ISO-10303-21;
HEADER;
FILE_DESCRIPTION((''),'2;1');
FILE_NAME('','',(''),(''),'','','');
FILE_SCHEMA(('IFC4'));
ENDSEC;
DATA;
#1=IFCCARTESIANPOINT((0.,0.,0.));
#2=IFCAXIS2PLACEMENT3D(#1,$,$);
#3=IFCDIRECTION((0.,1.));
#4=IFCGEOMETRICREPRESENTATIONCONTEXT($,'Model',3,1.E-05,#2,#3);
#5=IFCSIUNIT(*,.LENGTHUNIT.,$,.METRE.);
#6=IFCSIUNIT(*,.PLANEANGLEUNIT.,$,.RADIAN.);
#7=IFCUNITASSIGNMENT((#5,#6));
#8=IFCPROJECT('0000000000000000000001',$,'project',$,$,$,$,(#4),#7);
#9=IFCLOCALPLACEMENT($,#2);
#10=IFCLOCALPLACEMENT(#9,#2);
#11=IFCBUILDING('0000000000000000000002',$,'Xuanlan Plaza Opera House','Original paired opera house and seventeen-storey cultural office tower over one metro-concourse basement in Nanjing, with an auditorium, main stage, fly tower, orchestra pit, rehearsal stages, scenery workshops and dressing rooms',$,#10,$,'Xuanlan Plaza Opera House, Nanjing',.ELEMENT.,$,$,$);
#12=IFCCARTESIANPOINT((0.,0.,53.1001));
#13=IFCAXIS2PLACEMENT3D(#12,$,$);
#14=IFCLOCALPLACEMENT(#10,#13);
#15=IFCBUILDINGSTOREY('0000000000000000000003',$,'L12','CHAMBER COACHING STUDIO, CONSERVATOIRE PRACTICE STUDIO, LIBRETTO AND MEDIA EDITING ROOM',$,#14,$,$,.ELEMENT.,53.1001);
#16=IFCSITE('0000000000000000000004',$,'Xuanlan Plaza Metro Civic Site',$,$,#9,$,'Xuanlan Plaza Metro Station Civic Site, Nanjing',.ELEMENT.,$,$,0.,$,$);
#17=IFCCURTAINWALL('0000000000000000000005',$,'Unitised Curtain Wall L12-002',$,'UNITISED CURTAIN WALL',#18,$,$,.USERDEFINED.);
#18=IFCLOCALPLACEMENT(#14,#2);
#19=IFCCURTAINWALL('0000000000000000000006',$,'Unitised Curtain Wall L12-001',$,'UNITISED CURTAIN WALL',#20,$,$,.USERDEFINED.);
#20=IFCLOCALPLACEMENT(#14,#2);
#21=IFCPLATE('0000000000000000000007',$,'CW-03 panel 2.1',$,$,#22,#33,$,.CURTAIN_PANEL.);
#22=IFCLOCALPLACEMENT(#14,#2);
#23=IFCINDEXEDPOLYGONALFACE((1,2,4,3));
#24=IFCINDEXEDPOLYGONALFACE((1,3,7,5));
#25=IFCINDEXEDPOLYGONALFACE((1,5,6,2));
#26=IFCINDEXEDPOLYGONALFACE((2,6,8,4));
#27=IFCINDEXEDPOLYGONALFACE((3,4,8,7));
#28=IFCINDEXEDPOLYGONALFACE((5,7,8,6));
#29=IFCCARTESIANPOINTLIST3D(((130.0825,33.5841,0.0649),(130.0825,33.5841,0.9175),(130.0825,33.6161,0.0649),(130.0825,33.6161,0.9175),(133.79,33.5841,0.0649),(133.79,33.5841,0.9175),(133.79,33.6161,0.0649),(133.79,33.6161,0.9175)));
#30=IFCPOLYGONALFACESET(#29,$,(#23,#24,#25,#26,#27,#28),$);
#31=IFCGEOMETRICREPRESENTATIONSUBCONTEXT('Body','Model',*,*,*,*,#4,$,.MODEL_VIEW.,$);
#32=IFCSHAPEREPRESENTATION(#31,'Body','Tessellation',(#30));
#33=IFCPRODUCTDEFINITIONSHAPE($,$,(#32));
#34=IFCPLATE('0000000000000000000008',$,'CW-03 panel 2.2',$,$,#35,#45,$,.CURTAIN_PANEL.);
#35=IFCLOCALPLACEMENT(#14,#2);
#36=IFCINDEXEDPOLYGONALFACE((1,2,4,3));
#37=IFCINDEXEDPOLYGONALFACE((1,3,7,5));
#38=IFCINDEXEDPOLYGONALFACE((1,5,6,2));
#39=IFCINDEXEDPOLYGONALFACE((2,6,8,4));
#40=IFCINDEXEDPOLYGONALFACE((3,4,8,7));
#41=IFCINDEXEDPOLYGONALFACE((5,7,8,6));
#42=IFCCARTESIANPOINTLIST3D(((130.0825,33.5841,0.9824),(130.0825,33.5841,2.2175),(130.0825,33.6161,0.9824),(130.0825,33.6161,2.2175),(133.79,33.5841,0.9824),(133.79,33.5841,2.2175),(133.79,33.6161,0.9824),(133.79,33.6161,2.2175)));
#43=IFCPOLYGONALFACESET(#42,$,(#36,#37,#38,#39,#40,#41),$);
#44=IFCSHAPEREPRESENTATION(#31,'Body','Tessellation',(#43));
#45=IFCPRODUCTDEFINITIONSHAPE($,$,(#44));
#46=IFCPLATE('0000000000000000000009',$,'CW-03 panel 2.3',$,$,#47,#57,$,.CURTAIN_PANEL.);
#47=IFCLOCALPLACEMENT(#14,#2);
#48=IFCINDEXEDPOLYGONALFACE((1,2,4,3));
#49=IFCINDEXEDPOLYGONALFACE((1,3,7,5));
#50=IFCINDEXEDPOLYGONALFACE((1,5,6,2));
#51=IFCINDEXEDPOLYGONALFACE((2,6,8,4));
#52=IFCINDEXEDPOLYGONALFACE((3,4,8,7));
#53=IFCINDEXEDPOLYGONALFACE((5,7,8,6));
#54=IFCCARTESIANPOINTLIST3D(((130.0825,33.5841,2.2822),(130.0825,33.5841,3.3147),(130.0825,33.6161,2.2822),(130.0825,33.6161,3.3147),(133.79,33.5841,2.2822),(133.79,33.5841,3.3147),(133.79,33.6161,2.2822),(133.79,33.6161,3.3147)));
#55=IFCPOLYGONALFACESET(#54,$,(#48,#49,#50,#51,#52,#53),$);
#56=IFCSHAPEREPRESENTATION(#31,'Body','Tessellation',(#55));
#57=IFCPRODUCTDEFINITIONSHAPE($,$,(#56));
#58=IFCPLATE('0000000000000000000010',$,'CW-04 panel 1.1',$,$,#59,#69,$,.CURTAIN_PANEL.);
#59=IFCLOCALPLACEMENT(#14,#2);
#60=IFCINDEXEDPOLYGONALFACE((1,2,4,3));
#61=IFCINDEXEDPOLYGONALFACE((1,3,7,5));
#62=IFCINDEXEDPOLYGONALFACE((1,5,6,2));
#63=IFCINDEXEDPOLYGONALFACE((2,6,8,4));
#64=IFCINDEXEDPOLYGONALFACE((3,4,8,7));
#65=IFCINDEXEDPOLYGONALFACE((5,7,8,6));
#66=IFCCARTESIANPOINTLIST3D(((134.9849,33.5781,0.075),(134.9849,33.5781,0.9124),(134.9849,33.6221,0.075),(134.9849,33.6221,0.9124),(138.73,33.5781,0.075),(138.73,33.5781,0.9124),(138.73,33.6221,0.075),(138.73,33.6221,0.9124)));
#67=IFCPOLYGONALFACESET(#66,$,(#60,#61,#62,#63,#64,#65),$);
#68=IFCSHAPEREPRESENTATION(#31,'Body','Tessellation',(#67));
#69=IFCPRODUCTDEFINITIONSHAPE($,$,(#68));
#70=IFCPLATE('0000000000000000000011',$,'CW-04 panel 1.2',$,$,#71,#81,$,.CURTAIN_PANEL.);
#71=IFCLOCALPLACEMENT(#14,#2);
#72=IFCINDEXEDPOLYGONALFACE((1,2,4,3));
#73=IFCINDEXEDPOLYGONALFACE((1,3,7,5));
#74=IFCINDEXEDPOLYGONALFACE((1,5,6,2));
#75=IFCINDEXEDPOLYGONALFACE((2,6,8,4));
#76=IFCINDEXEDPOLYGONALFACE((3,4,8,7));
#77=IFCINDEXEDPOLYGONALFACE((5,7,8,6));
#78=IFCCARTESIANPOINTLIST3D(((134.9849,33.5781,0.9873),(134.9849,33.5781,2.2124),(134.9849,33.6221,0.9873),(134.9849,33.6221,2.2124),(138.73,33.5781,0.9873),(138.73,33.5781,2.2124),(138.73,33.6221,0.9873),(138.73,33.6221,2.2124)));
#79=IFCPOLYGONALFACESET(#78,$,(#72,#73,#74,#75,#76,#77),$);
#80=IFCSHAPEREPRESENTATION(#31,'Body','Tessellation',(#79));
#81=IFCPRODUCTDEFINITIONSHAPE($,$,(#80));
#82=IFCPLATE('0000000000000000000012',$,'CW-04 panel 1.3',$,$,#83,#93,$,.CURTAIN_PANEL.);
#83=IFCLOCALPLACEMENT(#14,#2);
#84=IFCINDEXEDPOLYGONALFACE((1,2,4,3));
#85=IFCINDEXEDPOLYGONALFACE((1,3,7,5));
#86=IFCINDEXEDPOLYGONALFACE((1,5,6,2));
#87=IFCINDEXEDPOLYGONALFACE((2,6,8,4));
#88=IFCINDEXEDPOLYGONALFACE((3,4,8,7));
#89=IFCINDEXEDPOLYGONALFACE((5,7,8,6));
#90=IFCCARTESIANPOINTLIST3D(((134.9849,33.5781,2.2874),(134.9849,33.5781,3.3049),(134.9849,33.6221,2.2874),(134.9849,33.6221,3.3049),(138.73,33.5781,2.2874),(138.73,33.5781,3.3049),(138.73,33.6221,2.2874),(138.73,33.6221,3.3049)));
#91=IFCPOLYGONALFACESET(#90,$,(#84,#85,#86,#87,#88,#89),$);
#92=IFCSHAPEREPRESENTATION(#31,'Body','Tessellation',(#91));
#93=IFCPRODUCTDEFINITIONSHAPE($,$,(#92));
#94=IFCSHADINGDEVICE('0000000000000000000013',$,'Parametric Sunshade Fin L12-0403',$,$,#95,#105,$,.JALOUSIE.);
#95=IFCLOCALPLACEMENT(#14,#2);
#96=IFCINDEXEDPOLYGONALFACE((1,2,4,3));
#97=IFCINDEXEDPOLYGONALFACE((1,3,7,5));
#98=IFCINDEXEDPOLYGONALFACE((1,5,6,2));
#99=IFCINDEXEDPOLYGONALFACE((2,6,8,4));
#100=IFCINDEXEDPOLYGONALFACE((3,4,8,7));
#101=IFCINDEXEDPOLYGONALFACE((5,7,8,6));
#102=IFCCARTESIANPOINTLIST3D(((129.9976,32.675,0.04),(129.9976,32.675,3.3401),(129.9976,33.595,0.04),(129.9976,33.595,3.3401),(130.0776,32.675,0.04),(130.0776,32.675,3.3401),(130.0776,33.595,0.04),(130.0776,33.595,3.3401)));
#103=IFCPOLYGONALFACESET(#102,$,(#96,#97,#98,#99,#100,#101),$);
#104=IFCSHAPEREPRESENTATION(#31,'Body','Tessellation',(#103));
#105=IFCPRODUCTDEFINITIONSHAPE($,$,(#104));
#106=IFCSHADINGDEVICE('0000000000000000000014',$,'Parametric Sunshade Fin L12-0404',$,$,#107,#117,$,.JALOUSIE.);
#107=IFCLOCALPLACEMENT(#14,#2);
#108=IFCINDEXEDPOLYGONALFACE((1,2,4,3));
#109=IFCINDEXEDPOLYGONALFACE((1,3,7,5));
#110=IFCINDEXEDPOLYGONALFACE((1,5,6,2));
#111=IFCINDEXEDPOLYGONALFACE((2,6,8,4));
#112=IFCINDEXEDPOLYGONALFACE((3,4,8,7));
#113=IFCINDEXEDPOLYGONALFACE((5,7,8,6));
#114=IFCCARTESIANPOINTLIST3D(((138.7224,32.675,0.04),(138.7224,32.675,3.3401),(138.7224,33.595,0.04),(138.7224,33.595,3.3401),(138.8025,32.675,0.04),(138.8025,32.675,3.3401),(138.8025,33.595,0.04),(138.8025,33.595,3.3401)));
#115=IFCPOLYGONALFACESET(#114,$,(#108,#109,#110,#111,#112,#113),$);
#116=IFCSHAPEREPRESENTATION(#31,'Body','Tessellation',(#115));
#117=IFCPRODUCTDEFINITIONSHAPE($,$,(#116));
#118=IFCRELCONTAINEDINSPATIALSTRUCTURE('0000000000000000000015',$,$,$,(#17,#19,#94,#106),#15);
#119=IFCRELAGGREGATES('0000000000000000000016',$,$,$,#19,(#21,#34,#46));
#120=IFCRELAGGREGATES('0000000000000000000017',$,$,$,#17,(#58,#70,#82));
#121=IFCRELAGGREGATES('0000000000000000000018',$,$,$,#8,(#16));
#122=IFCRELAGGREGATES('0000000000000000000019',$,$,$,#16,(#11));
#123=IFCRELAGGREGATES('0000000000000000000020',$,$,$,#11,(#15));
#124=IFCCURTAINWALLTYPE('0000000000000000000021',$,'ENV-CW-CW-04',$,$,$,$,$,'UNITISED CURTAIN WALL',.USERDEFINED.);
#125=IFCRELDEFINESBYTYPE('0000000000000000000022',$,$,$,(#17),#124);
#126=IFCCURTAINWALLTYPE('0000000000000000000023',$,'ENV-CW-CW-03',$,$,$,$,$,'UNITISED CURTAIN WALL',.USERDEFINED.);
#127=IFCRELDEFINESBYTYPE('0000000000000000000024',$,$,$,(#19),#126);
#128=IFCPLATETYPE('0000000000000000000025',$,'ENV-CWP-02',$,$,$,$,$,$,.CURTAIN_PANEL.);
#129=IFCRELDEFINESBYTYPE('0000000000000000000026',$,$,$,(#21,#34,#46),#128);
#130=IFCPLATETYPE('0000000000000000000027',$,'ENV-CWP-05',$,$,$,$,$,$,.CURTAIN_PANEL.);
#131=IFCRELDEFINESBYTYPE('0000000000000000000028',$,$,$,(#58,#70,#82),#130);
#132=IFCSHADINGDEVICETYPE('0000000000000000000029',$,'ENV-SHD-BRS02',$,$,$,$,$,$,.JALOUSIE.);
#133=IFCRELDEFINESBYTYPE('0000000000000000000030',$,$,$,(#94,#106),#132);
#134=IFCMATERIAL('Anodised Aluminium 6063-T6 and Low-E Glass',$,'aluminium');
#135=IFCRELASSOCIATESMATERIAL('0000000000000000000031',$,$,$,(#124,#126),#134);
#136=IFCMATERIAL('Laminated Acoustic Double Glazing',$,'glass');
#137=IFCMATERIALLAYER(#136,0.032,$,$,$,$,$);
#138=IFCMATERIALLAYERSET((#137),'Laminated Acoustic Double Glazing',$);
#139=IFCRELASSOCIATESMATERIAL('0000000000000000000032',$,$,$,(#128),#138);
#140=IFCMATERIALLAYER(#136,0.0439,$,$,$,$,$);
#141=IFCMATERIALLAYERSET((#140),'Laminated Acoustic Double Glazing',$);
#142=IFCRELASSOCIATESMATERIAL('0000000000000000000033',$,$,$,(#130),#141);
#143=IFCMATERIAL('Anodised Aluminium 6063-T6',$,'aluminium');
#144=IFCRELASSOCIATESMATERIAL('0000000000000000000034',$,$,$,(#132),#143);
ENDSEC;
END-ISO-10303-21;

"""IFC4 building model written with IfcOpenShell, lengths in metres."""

from ifc_helpers import new_model, si_unit, direction, frame, origin, origin_2d, place, context, subcontext, project, spatial, rectangle, extrude, material, layer, layer_set, type_object, element, aggregate, save


model = new_model("IFC4")

# Units and contexts
model_context = context("Model", 3, precision=1e-05, world=origin(), true_north=direction((0.0, 1.0)))
body_context = subcontext(model_context, "Body", "Model", "MODEL_VIEW")
ifc_project = project(units=[si_unit("LENGTHUNIT", "METRE"), si_unit("PLANEANGLEUNIT", "RADIAN")], contexts=[model_context])

# Site, building, storey
site_placement = place(None, origin())
site = spatial("IfcSite", under=ifc_project, at=site_placement, Name="Xuanlan Plaza Metro Civic Site", LongName="Xuanlan Plaza Metro Station Civic Site, Nanjing", CompositionType="ELEMENT", RefElevation=0.0)
building_placement = place(site_placement, origin())
building = spatial("IfcBuilding", under=site, at=building_placement, Name="Xuanlan Plaza Opera House", Description="Original paired opera house and seventeen-storey cultural office tower over one metro-concourse basement in Nanjing, with an auditorium, main stage, fly tower, orchestra pit, rehearsal stages, scenery workshops and dressing rooms", LongName="Xuanlan Plaza Opera House, Nanjing", CompositionType="ELEMENT")
storey_placement = place(building_placement, frame((0.0, 0.0, 53.1001)))
storey = spatial("IfcBuildingStorey", under=building, at=storey_placement, Name="L12", Description="CHAMBER COACHING STUDIO, CONSERVATOIRE PRACTICE STUDIO, LIBRETTO AND MEDIA EDITING ROOM", CompositionType="ELEMENT", Elevation=53.1001)

# Curtain walls
ifc_material_1 = material(Name="Anodised Aluminium 6063-T6 and Low-E Glass", Category="aluminium")
curtain_wall_type_1 = type_object("IfcCurtainWallType", Name="ENV-CW-CW-04", ElementType="UNITISED CURTAIN WALL", PredefinedType="USERDEFINED", material=ifc_material_1)
curtain_wall_1_placement = place(storey_placement, origin())
curtain_wall_1 = element("IfcCurtainWall", 1, at=curtain_wall_1_placement, inside=storey, type_object=curtain_wall_type_1, Name="Unitised Curtain Wall L12-002", ObjectType="UNITISED CURTAIN WALL", PredefinedType="USERDEFINED")
ifc_material_2 = material(Name="Anodised Aluminium 6063-T6", Category="aluminium")
curtain_wall_type_2 = type_object("IfcCurtainWallType", Name="ENV-CW-CW-03", ElementType="UNITISED CURTAIN WALL", PredefinedType="USERDEFINED", material=ifc_material_1)
curtain_wall_2_placement = place(storey_placement, origin())
curtain_wall_2 = element("IfcCurtainWall", 2, at=curtain_wall_2_placement, inside=storey, type_object=curtain_wall_type_2, Name="Unitised Curtain Wall L12-001", ObjectType="UNITISED CURTAIN WALL", PredefinedType="USERDEFINED")

# Plates
ifc_material_3 = material(Name="Laminated Acoustic Double Glazing", Category="glass")
ifc_layer_1 = layer(ifc_material_3, 0.032)
ifc_layer_set_1 = layer_set([ifc_layer_1], Name="Laminated Acoustic Double Glazing")
plate_type_1 = type_object("IfcPlateType", Name="ENV-CWP-02", PredefinedType="CURTAIN_PANEL", material=ifc_layer_set_1)
plate_1_placement = place(storey_placement, frame((131.9363, 33.6001, 0.0649), z_axis=(0.0, 0.0, 1.0), x_axis=(1.0, 0.0, 0.0)))
plate_1 = element("IfcPlate", 3, at=plate_1_placement, type_object=plate_type_1, Name="CW-03 panel 2.1", PredefinedType="CURTAIN_PANEL", context=body_context, shape_type="SweptSolid", body=[
    extrude(rectangle(XDim=3.7075, YDim=0.032, at=origin_2d()), origin(), (0.0, 0.0, 1.0), 0.8525),
])
plate_2_placement = place(storey_placement, frame((131.9363, 33.6001, 0.9824), z_axis=(0.0, 0.0, 1.0), x_axis=(1.0, 0.0, 0.0)))
plate_2 = element("IfcPlate", 4, at=plate_2_placement, type_object=plate_type_1, Name="CW-03 panel 2.2", PredefinedType="CURTAIN_PANEL", context=body_context, shape_type="SweptSolid", body=[
    extrude(rectangle(XDim=3.7075, YDim=0.032, at=origin_2d()), origin(), (0.0, 0.0, 1.0), 1.2351),
])
plate_3_placement = place(storey_placement, frame((131.9363, 33.6001, 2.2822), z_axis=(0.0, 0.0, 1.0), x_axis=(1.0, 0.0, 0.0)))
plate_3 = element("IfcPlate", 5, at=plate_3_placement, type_object=plate_type_1, Name="CW-03 panel 2.3", PredefinedType="CURTAIN_PANEL", context=body_context, shape_type="SweptSolid", body=[
    extrude(rectangle(XDim=3.7075, YDim=0.032, at=origin_2d()), origin(), (0.0, 0.0, 1.0), 1.0325),
])
aggregate(curtain_wall_2, [plate_1, plate_2, plate_3])
ifc_layer_2 = layer(ifc_material_3, 0.0439)
ifc_layer_set_2 = layer_set([ifc_layer_2], Name="Laminated Acoustic Double Glazing")
plate_type_2 = type_object("IfcPlateType", Name="ENV-CWP-05", PredefinedType="CURTAIN_PANEL", material=ifc_layer_set_2)
plate_4_placement = place(storey_placement, frame((136.8574, 33.6001, 0.075), z_axis=(0.0, 0.0, 1.0), x_axis=(1.0, 0.0, 0.0)))
plate_4 = element("IfcPlate", 6, at=plate_4_placement, type_object=plate_type_2, Name="CW-04 panel 1.1", PredefinedType="CURTAIN_PANEL", context=body_context, shape_type="SweptSolid", body=[
    extrude(rectangle(XDim=3.7451, YDim=0.0439, at=origin_2d()), origin(), (0.0, 0.0, 1.0), 0.8374),
])
plate_5_placement = place(storey_placement, frame((136.8574, 33.6001, 0.9873), z_axis=(0.0, 0.0, 1.0), x_axis=(1.0, 0.0, 0.0)))
plate_5 = element("IfcPlate", 7, at=plate_5_placement, type_object=plate_type_2, Name="CW-04 panel 1.2", PredefinedType="CURTAIN_PANEL", context=body_context, shape_type="SweptSolid", body=[
    extrude(rectangle(XDim=3.7451, YDim=0.0439, at=origin_2d()), origin(), (0.0, 0.0, 1.0), 1.2251),
])
plate_6_placement = place(storey_placement, frame((136.8574, 33.6001, 2.2874), z_axis=(0.0, 0.0, 1.0), x_axis=(1.0, 0.0, 0.0)))
plate_6 = element("IfcPlate", 8, at=plate_6_placement, type_object=plate_type_2, Name="CW-04 panel 1.3", PredefinedType="CURTAIN_PANEL", context=body_context, shape_type="SweptSolid", body=[
    extrude(rectangle(XDim=3.7451, YDim=0.0439, at=origin_2d()), origin(), (0.0, 0.0, 1.0), 1.0176),
])
aggregate(curtain_wall_1, [plate_4, plate_5, plate_6])

# Shading devices
shading_device_type = type_object("IfcShadingDeviceType", Name="ENV-SHD-BRS02", PredefinedType="JALOUSIE", material=ifc_material_2)
for number, where, z_axis, x_axis, name in (
    (9, (130.0376, 33.135, 0.04), (0.0, 0.0, 1.0), (0.0, -1.0, 0.0), "Parametric Sunshade Fin L12-0403"),
    (10, (138.7625, 33.135, 0.04), (0.0, 0.0, 1.0), (0.0, -1.0, 0.0), "Parametric Sunshade Fin L12-0404"),
):
    element("IfcShadingDevice", number, at=place(storey_placement, frame(where, z_axis=z_axis, x_axis=x_axis)), inside=storey, type_object=shading_device_type, Name=name, PredefinedType="JALOUSIE", context=body_context, shape_type="SweptSolid", body=[
        extrude(rectangle(XDim=0.9199, YDim=0.0801, at=origin_2d()), origin(), (0.0, 0.0, 1.0), 3.3),
    ])

save(model, "model.ifc")
